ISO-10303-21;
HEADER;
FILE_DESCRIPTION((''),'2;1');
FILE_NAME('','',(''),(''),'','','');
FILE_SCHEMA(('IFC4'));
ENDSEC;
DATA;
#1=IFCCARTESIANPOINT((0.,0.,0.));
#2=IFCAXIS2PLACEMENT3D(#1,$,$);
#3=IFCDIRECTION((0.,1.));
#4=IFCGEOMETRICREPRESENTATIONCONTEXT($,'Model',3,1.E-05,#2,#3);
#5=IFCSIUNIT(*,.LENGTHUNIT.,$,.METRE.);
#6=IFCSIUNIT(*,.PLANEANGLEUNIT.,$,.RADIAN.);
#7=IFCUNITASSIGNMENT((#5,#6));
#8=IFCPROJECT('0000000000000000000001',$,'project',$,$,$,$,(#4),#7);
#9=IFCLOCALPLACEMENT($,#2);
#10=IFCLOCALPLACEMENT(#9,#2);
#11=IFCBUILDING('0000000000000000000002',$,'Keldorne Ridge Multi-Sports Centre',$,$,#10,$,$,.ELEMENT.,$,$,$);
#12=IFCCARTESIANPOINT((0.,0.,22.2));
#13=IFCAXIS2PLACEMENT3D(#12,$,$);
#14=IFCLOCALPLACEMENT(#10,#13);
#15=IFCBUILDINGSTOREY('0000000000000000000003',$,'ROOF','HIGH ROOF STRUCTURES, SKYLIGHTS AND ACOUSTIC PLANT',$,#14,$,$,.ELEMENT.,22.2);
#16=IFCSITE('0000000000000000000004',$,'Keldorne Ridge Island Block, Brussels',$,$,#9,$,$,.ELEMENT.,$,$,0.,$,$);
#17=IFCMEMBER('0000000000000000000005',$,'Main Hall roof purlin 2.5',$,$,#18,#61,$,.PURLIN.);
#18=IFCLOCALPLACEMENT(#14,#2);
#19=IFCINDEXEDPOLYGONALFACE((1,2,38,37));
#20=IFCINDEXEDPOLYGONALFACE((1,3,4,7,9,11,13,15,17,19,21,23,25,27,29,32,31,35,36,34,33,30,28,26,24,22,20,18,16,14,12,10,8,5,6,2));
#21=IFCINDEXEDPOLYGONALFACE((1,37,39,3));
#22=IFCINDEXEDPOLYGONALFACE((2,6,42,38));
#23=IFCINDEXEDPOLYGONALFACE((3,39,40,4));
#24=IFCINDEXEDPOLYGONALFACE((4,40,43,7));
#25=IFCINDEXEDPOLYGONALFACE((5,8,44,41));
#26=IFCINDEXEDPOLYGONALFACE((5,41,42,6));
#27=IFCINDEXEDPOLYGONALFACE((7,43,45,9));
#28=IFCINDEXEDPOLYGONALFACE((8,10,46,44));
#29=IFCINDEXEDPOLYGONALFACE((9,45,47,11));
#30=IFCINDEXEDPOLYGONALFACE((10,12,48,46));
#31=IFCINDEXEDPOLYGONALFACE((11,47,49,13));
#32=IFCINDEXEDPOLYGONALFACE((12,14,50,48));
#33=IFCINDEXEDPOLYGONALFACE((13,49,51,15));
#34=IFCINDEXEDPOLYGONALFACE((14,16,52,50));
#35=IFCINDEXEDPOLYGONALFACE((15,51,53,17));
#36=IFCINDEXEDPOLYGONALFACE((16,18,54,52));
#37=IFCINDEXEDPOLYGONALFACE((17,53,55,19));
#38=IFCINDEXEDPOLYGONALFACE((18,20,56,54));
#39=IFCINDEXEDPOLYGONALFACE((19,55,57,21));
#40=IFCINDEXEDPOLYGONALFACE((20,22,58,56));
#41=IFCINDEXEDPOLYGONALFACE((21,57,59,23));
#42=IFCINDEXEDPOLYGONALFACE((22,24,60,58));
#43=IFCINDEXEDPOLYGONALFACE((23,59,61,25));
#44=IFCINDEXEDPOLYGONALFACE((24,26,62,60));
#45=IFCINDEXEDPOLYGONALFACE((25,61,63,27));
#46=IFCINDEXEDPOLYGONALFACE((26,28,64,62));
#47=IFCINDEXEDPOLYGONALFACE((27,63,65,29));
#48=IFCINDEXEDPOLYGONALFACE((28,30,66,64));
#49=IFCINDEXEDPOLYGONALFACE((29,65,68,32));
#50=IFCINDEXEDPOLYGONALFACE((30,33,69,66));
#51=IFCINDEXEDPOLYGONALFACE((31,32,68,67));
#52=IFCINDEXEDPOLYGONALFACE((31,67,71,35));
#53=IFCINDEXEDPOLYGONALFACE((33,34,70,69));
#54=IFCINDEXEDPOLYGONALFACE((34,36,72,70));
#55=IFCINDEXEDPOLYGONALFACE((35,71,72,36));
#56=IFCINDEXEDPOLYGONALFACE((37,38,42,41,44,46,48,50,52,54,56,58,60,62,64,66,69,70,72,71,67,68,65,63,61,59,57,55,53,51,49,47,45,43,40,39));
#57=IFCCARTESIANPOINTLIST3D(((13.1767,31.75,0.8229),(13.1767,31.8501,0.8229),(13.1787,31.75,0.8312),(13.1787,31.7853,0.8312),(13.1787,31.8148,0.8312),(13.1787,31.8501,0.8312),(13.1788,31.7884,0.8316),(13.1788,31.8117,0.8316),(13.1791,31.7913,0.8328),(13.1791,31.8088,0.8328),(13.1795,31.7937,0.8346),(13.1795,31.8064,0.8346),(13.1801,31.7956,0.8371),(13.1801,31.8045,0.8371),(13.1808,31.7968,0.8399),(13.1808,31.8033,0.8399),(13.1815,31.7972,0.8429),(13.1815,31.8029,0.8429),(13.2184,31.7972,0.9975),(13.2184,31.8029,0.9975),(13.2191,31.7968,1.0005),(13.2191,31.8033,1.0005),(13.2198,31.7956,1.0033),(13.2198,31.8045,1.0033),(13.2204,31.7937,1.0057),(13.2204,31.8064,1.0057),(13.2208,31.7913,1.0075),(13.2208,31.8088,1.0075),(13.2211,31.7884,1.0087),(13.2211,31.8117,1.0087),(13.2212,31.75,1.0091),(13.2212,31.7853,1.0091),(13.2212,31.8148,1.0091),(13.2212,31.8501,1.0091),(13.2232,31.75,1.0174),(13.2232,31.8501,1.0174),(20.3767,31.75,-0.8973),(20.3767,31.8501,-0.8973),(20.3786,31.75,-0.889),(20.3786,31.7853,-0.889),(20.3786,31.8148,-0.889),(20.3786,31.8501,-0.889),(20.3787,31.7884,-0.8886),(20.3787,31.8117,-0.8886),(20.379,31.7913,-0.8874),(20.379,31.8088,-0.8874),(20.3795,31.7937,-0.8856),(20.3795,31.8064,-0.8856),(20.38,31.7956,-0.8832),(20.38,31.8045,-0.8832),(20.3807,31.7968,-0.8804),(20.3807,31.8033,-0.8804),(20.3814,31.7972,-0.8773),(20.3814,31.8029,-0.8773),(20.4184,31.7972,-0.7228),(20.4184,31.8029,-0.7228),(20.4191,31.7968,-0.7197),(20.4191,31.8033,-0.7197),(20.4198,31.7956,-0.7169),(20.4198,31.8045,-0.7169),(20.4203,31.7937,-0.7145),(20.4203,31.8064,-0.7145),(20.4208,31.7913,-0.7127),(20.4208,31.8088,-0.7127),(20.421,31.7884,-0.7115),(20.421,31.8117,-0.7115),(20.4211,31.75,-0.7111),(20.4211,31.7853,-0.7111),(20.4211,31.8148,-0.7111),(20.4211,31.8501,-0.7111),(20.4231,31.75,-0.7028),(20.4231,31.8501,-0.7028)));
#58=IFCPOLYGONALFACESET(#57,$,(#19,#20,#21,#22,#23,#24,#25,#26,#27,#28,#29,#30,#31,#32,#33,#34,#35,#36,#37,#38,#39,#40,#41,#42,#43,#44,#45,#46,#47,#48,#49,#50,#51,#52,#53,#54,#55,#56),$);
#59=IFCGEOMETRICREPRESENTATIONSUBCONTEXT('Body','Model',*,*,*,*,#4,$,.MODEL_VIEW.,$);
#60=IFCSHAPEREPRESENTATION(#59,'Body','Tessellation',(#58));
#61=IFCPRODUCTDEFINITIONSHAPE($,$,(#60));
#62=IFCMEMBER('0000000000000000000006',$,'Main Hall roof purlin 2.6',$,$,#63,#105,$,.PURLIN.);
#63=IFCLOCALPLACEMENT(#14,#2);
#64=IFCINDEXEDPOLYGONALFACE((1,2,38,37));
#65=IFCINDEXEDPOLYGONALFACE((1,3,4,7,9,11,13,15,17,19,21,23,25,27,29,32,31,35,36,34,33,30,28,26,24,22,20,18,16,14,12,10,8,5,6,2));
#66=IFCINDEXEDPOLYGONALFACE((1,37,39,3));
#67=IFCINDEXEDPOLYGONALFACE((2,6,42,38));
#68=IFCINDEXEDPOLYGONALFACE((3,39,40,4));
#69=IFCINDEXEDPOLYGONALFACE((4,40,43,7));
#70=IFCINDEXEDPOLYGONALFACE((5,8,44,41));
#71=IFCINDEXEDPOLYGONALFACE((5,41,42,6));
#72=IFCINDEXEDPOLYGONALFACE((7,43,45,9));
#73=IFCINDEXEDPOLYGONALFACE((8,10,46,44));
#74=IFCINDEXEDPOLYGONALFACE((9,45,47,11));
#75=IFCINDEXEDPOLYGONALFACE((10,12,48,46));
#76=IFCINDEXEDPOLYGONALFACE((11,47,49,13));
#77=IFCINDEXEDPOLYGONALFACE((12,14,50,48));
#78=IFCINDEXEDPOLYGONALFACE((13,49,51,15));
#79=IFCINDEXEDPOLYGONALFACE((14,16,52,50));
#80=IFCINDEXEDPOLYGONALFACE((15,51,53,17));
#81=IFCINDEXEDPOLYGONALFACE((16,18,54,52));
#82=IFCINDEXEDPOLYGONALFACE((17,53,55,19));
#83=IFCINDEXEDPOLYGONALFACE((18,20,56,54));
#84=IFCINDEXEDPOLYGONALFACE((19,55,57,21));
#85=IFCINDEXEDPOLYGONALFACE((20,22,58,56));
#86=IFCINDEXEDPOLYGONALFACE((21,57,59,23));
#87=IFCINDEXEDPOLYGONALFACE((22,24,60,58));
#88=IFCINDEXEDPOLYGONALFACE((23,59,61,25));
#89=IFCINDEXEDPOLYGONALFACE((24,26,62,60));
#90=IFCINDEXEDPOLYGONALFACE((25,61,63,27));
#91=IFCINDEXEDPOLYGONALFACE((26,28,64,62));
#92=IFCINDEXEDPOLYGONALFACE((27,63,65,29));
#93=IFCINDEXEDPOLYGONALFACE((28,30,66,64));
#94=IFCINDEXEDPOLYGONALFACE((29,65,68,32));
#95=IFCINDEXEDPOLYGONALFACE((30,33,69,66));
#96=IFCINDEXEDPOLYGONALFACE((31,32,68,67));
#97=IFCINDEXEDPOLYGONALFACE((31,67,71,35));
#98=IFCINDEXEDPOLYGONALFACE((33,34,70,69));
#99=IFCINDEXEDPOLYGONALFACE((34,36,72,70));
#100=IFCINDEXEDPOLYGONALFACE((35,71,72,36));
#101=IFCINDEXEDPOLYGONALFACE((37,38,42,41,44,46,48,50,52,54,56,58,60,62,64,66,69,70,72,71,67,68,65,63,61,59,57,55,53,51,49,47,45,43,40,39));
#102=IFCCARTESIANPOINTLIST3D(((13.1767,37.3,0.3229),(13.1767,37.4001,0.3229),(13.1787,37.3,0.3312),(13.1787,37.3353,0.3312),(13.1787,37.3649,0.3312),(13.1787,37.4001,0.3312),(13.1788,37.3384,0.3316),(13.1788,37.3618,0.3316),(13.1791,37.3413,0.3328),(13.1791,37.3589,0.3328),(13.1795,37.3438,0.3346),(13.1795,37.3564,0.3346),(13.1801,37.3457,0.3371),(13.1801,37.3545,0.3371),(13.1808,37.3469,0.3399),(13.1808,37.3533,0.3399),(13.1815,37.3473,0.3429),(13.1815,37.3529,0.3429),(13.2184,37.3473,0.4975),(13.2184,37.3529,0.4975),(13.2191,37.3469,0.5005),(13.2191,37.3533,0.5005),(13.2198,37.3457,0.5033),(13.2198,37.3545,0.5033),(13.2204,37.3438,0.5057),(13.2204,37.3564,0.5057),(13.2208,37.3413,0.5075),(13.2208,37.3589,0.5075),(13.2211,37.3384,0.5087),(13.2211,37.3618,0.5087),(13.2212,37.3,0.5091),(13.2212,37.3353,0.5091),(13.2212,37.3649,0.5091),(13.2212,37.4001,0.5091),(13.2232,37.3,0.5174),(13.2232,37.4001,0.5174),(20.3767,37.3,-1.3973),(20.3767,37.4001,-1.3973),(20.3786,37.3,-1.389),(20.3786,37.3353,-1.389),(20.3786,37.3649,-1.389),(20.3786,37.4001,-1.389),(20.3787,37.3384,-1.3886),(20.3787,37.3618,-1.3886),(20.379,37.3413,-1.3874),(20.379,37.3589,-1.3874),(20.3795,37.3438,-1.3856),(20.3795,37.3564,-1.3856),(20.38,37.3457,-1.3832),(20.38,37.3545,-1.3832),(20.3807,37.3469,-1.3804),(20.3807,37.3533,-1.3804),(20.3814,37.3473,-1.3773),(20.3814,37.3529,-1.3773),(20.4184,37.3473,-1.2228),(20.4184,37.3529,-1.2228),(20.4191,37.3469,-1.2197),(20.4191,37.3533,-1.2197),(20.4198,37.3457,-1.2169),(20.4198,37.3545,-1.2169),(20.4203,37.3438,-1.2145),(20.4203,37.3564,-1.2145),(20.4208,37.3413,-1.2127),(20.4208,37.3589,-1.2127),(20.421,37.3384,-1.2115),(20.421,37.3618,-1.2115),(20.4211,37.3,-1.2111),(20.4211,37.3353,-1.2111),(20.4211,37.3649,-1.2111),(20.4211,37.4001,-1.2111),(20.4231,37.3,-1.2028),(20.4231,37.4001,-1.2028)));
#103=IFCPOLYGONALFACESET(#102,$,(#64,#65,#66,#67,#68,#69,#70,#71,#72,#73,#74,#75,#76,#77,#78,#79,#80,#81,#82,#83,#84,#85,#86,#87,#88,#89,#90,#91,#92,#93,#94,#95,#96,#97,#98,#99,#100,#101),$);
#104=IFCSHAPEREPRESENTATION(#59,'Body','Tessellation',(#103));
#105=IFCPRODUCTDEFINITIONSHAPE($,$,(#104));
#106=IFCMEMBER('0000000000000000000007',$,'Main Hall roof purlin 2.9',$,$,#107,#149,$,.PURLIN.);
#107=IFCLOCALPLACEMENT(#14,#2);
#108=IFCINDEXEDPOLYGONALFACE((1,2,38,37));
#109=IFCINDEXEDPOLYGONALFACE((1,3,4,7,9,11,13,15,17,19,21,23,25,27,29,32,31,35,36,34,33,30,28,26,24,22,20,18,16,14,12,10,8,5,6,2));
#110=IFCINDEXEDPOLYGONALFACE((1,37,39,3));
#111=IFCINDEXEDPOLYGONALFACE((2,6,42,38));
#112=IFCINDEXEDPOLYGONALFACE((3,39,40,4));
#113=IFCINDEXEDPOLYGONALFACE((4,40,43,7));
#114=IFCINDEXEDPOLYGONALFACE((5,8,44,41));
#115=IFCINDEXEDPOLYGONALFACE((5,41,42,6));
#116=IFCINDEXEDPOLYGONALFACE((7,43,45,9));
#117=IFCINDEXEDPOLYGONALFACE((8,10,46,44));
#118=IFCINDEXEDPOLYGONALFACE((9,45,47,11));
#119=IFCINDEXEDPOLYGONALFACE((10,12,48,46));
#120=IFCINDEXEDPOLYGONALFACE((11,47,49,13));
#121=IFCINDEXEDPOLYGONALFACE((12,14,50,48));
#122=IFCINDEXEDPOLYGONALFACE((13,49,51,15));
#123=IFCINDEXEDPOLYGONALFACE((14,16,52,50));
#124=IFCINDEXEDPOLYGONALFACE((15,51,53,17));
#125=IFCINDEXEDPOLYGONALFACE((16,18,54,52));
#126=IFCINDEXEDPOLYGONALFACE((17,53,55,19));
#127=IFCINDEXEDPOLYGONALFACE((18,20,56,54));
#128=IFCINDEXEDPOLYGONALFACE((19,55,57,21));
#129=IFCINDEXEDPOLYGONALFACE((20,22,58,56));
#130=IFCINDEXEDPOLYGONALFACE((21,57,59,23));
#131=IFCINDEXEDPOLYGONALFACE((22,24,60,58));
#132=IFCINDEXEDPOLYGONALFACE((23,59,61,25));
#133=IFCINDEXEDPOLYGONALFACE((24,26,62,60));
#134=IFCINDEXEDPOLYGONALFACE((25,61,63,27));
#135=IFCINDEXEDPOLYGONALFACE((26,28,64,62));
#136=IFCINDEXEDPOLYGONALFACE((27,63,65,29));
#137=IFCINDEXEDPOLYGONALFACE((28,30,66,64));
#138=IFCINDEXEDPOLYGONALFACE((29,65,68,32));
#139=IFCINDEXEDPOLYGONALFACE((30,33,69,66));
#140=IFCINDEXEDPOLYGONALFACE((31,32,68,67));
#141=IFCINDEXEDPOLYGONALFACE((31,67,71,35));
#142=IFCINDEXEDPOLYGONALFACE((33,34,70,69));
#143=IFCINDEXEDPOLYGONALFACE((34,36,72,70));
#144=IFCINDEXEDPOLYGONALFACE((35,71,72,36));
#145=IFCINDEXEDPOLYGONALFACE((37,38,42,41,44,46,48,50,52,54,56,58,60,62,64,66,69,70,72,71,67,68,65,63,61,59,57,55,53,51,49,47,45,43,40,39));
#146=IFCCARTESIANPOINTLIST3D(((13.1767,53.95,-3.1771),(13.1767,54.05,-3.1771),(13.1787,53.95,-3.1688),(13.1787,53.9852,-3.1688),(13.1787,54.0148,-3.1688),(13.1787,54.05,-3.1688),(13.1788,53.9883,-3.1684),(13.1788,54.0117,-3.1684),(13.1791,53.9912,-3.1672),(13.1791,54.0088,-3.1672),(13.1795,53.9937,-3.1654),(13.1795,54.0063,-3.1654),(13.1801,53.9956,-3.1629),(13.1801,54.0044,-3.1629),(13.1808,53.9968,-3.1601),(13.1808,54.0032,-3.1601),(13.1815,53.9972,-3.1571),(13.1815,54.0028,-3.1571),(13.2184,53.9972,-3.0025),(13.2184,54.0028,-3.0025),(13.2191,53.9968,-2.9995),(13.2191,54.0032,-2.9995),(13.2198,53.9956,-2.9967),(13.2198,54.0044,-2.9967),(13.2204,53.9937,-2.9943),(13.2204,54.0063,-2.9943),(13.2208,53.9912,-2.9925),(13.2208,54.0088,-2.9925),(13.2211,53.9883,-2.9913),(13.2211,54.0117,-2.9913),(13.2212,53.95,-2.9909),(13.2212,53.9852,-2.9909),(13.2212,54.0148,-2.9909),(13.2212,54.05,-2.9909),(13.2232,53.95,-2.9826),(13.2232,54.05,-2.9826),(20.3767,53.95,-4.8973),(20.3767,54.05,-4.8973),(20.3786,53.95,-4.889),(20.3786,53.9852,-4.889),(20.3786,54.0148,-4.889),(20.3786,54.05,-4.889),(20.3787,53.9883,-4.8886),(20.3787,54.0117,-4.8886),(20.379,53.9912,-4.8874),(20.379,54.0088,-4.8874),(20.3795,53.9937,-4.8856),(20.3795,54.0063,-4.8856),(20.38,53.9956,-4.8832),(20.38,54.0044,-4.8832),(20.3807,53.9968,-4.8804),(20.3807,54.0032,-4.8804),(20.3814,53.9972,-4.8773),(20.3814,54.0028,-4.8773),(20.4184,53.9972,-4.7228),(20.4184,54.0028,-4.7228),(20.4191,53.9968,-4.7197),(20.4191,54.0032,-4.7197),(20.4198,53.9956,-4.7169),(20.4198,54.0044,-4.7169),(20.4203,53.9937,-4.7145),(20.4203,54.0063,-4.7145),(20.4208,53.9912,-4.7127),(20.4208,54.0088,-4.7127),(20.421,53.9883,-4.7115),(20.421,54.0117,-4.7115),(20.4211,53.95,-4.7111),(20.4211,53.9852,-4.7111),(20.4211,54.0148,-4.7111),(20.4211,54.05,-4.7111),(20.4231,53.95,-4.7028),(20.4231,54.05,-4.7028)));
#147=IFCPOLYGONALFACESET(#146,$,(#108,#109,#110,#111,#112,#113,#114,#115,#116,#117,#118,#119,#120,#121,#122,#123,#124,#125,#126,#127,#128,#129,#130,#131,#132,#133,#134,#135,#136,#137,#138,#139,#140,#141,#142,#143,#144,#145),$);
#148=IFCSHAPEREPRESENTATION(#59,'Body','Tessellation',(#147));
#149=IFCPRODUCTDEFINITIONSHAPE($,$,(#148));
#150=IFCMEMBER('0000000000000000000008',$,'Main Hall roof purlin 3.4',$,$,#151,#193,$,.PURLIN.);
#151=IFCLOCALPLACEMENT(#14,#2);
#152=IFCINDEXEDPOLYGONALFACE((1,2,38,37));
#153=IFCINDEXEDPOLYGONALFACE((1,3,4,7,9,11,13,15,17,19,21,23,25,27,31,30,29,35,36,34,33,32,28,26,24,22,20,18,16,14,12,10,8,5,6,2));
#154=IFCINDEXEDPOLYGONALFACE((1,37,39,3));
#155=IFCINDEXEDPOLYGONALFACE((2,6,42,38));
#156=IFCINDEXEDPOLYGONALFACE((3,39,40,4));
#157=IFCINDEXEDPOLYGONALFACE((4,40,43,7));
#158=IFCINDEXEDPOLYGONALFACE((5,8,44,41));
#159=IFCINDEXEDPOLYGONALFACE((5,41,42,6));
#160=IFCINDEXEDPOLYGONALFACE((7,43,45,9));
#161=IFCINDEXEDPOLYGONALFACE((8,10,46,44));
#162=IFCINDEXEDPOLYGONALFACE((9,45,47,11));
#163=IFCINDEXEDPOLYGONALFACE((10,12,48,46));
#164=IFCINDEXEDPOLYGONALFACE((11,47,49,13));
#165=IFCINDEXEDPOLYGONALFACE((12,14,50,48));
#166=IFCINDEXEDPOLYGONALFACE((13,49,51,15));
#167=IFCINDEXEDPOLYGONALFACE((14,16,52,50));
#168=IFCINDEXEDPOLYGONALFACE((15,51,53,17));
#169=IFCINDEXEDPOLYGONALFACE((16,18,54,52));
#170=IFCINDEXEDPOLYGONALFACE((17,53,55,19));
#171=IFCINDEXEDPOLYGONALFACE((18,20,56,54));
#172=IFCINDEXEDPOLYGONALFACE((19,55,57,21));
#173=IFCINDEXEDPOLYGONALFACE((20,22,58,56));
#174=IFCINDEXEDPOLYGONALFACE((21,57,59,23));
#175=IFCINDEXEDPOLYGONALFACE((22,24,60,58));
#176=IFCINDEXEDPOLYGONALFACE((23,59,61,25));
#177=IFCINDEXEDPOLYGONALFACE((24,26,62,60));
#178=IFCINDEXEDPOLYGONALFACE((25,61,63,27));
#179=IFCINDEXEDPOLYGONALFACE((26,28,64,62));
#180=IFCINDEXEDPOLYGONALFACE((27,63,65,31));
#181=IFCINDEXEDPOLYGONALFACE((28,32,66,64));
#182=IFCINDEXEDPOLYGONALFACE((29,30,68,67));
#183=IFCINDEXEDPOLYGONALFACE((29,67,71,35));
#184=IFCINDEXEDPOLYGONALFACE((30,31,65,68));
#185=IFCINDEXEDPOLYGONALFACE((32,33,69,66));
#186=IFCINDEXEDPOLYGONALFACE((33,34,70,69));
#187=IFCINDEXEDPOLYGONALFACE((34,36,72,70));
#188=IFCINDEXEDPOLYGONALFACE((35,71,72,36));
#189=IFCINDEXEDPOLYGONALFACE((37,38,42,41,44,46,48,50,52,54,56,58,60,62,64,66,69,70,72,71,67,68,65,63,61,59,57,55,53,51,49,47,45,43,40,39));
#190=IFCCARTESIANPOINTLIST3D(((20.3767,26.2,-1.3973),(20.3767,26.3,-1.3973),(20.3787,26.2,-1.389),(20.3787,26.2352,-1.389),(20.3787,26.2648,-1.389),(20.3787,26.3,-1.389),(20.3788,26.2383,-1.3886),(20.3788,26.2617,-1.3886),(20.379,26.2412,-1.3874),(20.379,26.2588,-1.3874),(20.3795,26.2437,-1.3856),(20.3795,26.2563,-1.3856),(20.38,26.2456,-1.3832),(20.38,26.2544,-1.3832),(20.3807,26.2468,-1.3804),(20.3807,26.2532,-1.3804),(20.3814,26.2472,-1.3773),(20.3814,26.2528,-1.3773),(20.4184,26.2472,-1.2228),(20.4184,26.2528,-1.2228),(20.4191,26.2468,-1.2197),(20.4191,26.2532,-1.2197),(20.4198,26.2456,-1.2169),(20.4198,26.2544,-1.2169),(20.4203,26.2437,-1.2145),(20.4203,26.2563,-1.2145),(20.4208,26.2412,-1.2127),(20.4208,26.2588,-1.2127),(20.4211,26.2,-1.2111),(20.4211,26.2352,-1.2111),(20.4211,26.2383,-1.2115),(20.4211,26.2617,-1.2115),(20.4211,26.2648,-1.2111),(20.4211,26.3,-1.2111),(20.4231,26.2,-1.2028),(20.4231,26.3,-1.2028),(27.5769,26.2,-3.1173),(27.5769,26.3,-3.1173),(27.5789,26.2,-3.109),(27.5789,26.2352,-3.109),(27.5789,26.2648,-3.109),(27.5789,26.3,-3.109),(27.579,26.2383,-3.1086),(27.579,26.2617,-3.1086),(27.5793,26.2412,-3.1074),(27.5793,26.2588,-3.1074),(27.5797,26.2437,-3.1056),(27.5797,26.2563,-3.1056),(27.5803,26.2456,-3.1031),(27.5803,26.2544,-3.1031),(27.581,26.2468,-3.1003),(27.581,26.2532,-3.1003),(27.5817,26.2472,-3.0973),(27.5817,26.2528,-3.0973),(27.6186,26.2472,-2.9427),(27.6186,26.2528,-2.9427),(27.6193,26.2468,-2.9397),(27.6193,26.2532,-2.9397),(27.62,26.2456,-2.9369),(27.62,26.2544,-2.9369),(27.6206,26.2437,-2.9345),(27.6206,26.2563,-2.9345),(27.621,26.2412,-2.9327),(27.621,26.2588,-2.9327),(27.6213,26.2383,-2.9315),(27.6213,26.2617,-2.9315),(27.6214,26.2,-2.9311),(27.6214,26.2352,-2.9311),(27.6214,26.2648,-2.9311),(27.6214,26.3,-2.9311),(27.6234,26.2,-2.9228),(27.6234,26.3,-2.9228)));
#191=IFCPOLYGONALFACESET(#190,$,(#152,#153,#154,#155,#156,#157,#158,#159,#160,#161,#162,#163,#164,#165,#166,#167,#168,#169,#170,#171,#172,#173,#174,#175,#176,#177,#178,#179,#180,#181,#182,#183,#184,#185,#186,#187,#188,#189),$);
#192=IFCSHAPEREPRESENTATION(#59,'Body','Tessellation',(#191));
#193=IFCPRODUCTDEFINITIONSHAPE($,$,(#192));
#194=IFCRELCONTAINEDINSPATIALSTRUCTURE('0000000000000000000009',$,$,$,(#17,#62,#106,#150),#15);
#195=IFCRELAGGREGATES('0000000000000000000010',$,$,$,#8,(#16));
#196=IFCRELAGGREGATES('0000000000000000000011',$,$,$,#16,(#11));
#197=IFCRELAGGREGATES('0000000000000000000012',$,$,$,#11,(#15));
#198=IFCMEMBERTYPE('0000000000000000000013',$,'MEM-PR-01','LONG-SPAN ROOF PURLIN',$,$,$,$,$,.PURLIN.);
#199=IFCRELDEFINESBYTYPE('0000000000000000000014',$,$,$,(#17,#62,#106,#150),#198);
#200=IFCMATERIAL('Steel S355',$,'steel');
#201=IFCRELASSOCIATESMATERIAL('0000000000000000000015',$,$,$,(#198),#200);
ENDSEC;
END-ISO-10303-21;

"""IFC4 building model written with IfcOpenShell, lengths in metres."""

from ifc_helpers import new_model, si_unit, direction, frame, origin, origin_2d, place, context, subcontext, project, spatial, i_section, extrude, material, material_profile, profile_set, type_object, element, save


model = new_model("IFC4")

# Units and contexts
model_context = context("Model", 3, precision=1e-05, world=origin(), true_north=direction((0.0, 1.0)))
body_context = subcontext(model_context, "Body", "Model", "MODEL_VIEW")
ifc_project = project(units=[si_unit("LENGTHUNIT", "METRE"), si_unit("PLANEANGLEUNIT", "RADIAN")], contexts=[model_context])

# Site, building, storey
site_placement = place(None, origin())
site = spatial("IfcSite", under=ifc_project, at=site_placement, Name="Keldorne Ridge Island Block, Brussels", CompositionType="ELEMENT", RefElevation=0.0)
building_placement = place(site_placement, origin())
building = spatial("IfcBuilding", under=site, at=building_placement, Name="Keldorne Ridge Multi-Sports Centre", CompositionType="ELEMENT")
storey_placement = place(building_placement, frame((0.0, 0.0, 22.2)))
storey = spatial("IfcBuildingStorey", under=building, at=storey_placement, Name="ROOF", Description="HIGH ROOF STRUCTURES, SKYLIGHTS AND ACOUSTIC PLANT", CompositionType="ELEMENT", Elevation=22.2)

# Members
ifc_material = material(Name="Steel S355", Category="steel")
ifc_material_profile_1 = material_profile(ifc_material, i_section(OverallWidth=0.1001, OverallDepth=0.2, WebThickness=0.0056, FlangeThickness=0.0085, FilletRadius=0.012, at=origin_2d()), Name="IPE 200")
ifc_profile_set_1 = profile_set([ifc_material_profile_1], Name="Steel S355")
member_type_1 = type_object("IfcMemberType", Name="MEM-PR-01", Description="LONG-SPAN ROOF PURLIN", PredefinedType="PURLIN", material=ifc_profile_set_1)
for number, where, z_axis, x_axis, name in (
    (1, (13.2, 31.8, 0.9202), (0.972625, 0.0, -0.23238), (0.0, 1.0, 0.0), "Main Hall roof purlin 2.5"),
    (2, (13.2, 37.3501, 0.4202), (0.972625, 0.0, -0.23238), (0.0, 1.0, 0.0), "Main Hall roof purlin 2.6"),
    (3, (13.2, 54.0, -3.0798), (0.972625, 0.0, -0.23238), (0.0, 1.0, 0.0), "Main Hall roof purlin 2.9"),
):
    element("IfcMember", number, at=place(storey_placement, frame(where, z_axis=z_axis, x_axis=x_axis)), inside=storey, type_object=member_type_1, Name=name, PredefinedType="PURLIN", context=body_context, shape_type="SweptSolid", body=[
        extrude(i_section(OverallWidth=0.1001, OverallDepth=0.2, WebThickness=0.0056, FlangeThickness=0.0085, FilletRadius=0.012, at=origin_2d()), origin(), (0.0, 0.0, 1.0), 7.4026),
    ])
member_1_placement = place(storey_placement, frame((20.3999, 26.25, -1.3), z_axis=(0.972634, 0.0, -0.232341), x_axis=(0.0, 1.0, 0.0)))
element("IfcMember", 4, at=member_1_placement, inside=storey, type_object=member_type_1, Name="Main Hall roof purlin 3.4", PredefinedType="PURLIN", context=body_context, shape_type="SweptSolid", body=[
    extrude(i_section(OverallWidth=0.1001, OverallDepth=0.2, WebThickness=0.0056, FlangeThickness=0.0085, FilletRadius=0.012, at=origin_2d()), origin(), (0.0, 0.0, 1.0), 7.4028),
])

save(model, "model.ifc")
